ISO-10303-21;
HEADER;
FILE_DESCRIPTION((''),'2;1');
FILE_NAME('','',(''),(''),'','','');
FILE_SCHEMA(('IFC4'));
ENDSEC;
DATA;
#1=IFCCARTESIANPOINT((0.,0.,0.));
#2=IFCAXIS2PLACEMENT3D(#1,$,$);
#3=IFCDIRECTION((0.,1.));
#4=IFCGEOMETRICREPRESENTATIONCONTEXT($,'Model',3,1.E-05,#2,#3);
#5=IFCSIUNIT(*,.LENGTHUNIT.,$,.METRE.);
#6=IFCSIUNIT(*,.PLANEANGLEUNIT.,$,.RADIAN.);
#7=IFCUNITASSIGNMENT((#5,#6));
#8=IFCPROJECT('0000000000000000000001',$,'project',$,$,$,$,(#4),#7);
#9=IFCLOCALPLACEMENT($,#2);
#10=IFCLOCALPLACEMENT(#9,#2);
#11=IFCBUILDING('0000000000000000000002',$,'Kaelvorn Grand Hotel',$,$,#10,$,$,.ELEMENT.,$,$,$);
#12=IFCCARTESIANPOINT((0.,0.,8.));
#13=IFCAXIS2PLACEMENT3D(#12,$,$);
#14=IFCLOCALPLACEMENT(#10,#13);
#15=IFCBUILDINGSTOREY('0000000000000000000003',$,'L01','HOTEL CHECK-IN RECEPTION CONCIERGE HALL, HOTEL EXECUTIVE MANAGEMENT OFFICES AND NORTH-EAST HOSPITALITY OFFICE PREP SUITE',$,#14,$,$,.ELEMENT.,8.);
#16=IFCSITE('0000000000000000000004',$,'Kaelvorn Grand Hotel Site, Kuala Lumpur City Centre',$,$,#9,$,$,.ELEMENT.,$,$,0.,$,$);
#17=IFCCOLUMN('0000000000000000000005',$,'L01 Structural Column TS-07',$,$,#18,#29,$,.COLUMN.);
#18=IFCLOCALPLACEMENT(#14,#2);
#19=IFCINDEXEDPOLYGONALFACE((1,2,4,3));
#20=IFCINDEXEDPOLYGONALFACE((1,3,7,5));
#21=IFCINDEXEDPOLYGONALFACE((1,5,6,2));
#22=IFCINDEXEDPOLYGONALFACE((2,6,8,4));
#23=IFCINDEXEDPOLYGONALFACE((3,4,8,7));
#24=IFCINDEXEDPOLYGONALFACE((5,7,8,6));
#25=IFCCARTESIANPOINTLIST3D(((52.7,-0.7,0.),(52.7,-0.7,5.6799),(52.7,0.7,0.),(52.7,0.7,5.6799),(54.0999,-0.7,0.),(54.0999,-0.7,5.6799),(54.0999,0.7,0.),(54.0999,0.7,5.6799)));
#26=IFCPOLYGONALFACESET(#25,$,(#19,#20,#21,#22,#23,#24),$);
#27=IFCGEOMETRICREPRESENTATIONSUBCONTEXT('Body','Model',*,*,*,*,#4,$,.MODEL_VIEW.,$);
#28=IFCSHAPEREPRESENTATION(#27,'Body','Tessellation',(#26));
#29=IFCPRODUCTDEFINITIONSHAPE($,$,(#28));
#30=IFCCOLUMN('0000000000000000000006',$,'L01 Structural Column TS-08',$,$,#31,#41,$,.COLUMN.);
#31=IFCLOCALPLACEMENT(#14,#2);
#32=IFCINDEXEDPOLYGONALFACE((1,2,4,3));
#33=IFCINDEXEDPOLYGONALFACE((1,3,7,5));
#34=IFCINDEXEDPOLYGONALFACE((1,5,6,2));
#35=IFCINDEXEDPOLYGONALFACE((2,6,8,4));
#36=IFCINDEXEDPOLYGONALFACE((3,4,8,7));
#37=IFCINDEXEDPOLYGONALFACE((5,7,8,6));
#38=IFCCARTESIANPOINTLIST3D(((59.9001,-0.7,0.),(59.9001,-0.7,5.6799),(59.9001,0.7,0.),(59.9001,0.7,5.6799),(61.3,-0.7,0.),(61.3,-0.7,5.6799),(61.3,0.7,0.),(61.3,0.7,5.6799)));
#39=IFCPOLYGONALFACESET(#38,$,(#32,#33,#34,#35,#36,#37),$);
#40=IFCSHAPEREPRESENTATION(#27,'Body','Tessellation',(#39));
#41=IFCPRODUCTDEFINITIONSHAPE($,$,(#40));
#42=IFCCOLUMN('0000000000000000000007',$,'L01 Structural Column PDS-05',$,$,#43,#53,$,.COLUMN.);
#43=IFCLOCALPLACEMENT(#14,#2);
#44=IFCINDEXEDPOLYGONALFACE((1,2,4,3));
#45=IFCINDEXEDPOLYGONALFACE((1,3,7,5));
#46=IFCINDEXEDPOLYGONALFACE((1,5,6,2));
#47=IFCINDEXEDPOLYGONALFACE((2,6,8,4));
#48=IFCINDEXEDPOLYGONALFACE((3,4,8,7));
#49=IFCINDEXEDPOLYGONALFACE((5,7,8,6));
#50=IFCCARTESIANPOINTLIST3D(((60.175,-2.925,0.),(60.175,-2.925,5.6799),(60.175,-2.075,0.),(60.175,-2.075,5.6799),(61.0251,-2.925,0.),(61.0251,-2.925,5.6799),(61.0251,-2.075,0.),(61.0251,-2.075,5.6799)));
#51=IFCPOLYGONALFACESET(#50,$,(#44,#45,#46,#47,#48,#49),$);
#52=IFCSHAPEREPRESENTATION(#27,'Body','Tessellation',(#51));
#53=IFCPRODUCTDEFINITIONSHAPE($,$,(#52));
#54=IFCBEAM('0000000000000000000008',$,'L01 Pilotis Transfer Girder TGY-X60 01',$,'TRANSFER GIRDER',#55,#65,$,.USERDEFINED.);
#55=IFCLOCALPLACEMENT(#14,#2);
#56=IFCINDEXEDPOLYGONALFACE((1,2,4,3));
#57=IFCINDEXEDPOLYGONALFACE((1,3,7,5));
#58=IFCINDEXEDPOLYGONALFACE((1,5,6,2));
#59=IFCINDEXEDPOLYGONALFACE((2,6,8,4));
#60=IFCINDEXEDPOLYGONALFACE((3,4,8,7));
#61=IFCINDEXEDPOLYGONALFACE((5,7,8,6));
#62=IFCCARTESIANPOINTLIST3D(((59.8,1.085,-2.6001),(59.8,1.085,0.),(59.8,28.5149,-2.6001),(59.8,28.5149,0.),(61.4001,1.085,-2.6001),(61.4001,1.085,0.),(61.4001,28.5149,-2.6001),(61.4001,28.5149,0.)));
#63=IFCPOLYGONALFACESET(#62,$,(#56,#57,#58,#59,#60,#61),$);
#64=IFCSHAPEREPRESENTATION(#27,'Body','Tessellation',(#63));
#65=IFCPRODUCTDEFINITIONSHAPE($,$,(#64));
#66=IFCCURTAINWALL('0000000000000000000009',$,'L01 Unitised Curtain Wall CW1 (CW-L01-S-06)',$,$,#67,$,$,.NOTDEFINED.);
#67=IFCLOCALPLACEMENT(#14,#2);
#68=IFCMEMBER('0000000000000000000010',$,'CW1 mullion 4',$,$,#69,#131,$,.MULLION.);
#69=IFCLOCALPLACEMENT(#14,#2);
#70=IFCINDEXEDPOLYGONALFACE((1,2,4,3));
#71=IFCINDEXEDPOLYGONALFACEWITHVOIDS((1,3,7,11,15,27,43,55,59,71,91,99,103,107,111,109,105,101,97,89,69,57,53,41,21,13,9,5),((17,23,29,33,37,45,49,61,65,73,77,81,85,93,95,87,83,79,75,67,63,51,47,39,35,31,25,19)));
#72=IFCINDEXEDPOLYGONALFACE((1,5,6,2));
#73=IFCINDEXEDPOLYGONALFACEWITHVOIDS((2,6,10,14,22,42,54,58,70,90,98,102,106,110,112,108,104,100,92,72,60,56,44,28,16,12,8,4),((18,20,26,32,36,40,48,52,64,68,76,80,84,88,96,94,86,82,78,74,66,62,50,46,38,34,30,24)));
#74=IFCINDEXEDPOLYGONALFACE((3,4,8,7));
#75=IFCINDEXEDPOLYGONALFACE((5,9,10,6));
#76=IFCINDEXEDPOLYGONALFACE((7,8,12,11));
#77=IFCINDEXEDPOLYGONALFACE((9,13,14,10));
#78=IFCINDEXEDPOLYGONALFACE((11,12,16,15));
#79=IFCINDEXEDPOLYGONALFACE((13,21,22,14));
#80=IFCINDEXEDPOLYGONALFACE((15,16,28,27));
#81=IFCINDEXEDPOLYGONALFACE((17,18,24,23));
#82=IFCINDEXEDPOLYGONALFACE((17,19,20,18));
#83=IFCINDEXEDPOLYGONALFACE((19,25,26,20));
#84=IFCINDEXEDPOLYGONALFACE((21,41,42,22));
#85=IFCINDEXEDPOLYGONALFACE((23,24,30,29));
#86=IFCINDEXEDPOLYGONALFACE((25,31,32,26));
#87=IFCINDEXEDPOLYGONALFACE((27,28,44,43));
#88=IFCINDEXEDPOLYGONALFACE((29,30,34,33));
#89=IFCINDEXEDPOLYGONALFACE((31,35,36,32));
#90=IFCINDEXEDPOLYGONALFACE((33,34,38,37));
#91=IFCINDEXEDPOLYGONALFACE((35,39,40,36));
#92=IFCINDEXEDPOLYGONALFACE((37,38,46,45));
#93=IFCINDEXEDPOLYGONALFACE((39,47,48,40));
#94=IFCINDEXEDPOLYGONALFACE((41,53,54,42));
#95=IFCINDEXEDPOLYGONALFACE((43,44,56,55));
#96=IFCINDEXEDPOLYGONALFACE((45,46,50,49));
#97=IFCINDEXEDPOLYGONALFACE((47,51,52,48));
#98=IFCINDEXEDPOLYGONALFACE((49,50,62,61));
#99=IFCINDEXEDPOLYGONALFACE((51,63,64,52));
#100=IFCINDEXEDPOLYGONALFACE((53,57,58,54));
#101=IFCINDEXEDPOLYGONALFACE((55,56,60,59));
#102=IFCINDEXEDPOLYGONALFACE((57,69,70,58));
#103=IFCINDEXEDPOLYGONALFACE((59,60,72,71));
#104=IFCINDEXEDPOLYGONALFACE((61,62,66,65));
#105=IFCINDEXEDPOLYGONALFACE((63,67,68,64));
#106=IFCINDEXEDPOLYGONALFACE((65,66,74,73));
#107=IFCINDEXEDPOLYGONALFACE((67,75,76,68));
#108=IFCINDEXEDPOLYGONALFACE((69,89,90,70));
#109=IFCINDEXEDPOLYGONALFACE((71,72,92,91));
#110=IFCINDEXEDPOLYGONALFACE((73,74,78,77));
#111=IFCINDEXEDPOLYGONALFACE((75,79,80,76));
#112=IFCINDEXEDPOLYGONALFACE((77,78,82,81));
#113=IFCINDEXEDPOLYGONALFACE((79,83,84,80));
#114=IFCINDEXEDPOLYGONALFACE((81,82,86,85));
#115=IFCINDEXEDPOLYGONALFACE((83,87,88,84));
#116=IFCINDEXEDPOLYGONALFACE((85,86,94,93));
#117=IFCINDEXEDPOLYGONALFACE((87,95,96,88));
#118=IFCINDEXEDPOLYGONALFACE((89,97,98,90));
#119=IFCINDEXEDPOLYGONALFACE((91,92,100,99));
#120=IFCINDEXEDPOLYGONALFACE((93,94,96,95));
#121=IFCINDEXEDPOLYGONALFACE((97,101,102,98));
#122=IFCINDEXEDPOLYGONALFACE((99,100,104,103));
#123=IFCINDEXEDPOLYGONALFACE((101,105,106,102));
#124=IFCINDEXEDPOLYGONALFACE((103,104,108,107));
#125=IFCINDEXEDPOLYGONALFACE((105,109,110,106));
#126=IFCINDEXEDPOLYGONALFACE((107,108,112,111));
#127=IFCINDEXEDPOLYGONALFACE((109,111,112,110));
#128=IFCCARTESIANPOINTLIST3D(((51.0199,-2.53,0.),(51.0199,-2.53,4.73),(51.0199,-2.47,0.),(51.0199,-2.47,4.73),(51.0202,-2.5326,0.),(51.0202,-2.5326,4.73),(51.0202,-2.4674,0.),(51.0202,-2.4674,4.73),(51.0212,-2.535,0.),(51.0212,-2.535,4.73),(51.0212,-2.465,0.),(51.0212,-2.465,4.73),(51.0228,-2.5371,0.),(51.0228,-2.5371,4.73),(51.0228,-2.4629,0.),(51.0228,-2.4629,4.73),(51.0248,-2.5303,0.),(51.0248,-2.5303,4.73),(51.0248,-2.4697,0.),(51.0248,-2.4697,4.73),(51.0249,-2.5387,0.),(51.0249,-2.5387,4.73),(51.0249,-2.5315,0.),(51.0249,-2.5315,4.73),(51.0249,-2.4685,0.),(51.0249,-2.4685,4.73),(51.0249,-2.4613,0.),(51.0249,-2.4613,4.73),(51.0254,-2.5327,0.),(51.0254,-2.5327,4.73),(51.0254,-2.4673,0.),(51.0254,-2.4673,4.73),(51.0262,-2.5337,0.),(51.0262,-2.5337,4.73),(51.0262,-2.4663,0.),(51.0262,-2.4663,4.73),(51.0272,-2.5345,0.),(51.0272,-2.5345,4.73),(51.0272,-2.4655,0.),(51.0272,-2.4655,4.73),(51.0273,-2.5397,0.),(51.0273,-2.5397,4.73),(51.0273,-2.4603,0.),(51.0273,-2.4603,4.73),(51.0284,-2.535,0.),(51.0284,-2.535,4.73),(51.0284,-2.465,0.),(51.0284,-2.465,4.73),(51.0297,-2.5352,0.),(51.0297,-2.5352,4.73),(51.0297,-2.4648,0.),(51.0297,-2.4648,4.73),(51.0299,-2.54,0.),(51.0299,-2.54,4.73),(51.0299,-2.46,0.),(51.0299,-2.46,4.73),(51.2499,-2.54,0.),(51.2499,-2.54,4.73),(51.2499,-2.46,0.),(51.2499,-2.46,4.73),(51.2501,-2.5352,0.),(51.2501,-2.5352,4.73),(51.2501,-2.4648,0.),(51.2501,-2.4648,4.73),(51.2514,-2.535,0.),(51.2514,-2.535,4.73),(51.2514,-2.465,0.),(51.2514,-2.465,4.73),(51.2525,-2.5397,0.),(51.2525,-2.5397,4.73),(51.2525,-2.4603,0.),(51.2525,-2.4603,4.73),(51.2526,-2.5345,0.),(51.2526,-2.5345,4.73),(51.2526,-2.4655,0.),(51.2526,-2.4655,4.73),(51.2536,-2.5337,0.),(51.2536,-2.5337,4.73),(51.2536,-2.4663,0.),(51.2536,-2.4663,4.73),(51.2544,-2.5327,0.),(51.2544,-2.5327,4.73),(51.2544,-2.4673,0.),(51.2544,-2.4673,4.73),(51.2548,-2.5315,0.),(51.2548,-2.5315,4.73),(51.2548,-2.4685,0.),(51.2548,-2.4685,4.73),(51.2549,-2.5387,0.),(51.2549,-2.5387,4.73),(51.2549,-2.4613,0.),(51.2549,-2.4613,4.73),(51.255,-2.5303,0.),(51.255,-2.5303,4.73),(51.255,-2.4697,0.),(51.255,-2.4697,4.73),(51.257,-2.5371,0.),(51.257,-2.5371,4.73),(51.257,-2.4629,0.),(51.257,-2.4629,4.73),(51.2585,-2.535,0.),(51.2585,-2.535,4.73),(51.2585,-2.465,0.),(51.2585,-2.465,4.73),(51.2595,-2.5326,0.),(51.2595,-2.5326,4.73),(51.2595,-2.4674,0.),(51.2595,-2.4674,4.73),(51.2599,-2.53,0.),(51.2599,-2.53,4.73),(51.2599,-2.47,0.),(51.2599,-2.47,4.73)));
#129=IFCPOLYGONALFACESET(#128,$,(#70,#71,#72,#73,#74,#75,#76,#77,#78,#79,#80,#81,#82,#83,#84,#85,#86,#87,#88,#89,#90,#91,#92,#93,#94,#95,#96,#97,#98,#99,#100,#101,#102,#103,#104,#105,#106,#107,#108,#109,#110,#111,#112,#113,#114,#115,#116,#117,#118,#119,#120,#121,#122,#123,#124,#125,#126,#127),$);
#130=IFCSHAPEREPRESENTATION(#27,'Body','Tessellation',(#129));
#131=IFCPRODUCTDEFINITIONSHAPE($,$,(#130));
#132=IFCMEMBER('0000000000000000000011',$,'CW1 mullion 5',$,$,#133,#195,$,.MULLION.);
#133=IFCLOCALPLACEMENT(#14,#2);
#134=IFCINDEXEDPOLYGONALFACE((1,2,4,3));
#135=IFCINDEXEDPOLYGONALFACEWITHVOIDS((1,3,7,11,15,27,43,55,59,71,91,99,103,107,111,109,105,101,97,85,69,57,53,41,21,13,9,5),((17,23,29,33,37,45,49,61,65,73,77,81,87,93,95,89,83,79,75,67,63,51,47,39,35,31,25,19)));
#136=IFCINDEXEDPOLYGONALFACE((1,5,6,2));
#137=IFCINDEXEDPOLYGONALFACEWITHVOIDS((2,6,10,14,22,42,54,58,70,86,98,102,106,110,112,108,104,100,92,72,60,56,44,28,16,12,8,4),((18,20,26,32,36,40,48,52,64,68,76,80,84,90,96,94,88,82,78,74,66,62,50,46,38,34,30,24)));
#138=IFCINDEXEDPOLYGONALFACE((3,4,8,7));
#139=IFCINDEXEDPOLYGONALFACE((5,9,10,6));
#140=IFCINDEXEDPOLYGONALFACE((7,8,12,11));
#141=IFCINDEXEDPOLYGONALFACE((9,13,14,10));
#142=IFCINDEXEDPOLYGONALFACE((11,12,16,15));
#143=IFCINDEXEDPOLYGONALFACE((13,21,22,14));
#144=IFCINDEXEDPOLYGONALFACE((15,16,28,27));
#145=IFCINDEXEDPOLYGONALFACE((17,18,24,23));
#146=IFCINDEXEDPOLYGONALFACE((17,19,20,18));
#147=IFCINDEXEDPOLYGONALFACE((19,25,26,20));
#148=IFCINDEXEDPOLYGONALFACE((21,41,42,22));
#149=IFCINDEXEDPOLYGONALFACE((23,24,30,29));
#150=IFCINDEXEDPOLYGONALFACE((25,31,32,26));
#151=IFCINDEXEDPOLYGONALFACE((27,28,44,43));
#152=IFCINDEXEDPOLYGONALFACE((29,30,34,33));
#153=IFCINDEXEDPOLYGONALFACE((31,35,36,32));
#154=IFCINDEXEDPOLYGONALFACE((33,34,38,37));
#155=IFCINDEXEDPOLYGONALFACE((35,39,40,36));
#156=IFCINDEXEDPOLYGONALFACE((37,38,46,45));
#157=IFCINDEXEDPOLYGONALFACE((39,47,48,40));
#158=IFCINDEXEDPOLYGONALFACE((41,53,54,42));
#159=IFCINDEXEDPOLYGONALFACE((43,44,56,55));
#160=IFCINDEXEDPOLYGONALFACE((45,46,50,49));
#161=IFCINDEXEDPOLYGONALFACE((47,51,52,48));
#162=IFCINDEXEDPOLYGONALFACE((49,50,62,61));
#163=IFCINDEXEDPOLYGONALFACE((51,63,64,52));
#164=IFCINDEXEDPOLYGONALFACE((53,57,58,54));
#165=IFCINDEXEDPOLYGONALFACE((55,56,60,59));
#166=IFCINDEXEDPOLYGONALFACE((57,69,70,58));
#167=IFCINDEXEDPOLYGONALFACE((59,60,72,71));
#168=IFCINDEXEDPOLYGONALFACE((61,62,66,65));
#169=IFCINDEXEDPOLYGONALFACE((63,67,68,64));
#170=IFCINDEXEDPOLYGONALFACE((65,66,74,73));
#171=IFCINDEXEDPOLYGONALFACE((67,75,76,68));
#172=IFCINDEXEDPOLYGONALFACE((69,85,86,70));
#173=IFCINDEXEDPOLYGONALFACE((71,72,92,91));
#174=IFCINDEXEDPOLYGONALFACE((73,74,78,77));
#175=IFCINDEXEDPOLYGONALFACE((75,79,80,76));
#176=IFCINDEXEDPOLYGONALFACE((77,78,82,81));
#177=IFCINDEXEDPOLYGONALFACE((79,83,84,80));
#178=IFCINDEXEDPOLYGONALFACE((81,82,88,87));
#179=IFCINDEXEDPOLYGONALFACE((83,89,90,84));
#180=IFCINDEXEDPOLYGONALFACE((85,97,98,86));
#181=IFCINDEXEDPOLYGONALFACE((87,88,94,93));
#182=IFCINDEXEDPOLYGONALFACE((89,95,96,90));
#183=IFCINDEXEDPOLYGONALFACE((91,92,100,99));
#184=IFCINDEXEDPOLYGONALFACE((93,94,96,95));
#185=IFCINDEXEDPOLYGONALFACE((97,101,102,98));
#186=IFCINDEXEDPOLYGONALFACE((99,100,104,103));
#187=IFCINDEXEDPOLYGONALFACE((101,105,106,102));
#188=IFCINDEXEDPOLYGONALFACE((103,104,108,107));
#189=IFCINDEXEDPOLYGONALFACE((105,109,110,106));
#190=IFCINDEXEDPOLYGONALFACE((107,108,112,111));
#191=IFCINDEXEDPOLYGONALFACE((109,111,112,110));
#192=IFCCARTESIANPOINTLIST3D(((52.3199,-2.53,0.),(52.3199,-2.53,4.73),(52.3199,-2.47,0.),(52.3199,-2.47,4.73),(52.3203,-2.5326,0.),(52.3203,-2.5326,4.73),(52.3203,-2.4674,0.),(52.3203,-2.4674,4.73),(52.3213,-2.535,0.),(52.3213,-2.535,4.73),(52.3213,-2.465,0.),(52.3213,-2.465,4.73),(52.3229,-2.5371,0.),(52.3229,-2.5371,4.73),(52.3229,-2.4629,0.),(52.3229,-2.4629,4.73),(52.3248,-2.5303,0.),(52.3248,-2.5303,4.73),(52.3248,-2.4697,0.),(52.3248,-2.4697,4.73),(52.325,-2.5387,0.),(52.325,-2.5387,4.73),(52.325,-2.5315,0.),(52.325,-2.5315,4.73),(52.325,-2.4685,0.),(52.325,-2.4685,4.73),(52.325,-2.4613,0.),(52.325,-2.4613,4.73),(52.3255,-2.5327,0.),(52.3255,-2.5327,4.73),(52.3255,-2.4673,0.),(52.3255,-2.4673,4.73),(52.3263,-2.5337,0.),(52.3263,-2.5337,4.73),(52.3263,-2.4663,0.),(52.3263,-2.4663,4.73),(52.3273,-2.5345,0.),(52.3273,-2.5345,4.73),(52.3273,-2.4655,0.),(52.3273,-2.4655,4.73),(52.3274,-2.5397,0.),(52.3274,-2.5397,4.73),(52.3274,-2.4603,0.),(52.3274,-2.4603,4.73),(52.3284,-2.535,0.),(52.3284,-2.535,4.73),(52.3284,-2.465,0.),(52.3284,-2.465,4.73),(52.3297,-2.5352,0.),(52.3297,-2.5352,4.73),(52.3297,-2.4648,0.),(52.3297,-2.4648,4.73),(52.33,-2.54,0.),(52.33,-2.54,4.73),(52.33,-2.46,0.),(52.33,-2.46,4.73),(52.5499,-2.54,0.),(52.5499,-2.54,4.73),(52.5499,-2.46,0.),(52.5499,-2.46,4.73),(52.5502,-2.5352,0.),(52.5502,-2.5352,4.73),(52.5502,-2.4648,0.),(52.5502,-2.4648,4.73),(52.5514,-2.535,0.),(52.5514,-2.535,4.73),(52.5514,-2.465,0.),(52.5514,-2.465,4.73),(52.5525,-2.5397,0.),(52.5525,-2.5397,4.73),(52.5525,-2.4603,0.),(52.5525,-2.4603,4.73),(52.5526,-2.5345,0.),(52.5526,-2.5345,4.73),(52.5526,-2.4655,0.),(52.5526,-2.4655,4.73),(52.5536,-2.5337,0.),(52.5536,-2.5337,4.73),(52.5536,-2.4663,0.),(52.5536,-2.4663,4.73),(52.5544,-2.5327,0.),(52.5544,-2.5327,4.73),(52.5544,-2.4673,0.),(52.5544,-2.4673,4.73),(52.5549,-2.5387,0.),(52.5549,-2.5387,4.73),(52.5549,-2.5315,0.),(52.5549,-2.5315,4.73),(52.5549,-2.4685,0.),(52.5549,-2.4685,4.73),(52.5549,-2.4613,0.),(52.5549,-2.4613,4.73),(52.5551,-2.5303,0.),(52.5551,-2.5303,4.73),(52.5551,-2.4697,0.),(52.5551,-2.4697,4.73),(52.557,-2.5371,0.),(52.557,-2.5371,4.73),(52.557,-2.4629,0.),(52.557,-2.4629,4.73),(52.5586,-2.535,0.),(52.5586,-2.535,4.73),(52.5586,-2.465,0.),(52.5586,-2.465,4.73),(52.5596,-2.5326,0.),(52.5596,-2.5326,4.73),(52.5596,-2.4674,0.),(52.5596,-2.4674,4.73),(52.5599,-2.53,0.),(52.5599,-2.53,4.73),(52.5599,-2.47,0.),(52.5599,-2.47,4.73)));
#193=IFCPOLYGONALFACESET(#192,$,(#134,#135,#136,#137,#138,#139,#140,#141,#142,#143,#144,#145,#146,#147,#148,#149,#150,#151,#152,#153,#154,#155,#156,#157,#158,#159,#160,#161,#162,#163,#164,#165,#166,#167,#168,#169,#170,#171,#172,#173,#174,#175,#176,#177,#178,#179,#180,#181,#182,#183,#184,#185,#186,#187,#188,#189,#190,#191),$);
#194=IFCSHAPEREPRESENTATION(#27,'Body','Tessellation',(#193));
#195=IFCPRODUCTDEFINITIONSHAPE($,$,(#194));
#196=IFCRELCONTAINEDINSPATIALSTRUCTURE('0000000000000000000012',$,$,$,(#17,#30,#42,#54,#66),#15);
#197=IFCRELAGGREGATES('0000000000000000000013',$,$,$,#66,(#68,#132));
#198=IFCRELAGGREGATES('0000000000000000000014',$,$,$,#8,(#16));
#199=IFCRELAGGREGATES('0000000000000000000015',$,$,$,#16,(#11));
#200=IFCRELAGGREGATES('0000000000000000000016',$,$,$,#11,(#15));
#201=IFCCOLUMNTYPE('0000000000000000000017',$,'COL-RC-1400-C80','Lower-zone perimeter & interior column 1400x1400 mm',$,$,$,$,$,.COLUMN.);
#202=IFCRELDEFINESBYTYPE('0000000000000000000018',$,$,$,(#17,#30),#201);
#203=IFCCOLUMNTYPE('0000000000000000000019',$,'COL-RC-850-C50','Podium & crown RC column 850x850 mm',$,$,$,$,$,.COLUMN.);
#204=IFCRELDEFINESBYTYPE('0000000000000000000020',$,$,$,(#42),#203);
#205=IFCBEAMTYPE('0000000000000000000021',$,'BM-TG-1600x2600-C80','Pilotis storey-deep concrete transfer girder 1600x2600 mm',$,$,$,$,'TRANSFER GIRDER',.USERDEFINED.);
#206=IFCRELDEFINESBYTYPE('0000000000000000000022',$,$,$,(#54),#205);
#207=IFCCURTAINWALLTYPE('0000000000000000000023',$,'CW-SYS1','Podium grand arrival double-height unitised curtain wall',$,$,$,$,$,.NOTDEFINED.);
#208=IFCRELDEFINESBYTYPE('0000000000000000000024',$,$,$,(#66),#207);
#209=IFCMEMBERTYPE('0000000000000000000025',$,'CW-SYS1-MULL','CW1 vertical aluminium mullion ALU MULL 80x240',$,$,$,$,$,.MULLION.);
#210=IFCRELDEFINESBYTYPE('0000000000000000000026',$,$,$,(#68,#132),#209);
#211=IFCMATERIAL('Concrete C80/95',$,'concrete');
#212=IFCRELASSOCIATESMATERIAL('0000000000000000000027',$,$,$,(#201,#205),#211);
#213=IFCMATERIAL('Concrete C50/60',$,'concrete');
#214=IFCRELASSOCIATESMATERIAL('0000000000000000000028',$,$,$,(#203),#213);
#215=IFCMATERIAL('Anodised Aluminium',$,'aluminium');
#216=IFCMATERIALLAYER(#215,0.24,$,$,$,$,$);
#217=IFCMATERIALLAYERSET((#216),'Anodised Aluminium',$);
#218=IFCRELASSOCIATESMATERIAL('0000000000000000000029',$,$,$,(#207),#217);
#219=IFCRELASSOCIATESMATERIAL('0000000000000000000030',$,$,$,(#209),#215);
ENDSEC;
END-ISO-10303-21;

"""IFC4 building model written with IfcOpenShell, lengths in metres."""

from ifc_helpers import new_model, si_unit, direction, frame, origin, origin_2d, place, context, subcontext, project, spatial, rectangle, hollow_rectangle, extrude, material, layer, layer_set, material_profile, profile_set, type_object, element, aggregate, save


model = new_model("IFC4")

# Units and contexts
model_context = context("Model", 3, precision=1e-05, world=origin(), true_north=direction((0.0, 1.0)))
body_context = subcontext(model_context, "Body", "Model", "MODEL_VIEW")
ifc_project = project(units=[si_unit("LENGTHUNIT", "METRE"), si_unit("PLANEANGLEUNIT", "RADIAN")], contexts=[model_context])

# Site, building, storey
site_placement = place(None, origin())
site = spatial("IfcSite", under=ifc_project, at=site_placement, Name="Kaelvorn Grand Hotel Site, Kuala Lumpur City Centre", CompositionType="ELEMENT", RefElevation=0.0)
building_placement = place(site_placement, origin())
building = spatial("IfcBuilding", under=site, at=building_placement, Name="Kaelvorn Grand Hotel", CompositionType="ELEMENT")
storey_placement = place(building_placement, frame((0.0, 0.0, 8.0)))
storey = spatial("IfcBuildingStorey", under=building, at=storey_placement, Name="L01", Description="HOTEL CHECK-IN RECEPTION CONCIERGE HALL, HOTEL EXECUTIVE MANAGEMENT OFFICES AND NORTH-EAST HOSPITALITY OFFICE PREP SUITE", CompositionType="ELEMENT", Elevation=8.0)

# Columns
ifc_material_1 = material(Name="Concrete C80/95", Category="concrete")
ifc_material_profile_1 = material_profile(ifc_material_1, rectangle(XDim=1.3999, YDim=1.3999, at=origin_2d()), Name="RC COL 1400x1400")
ifc_profile_set_1 = profile_set([ifc_material_profile_1], Name="Concrete C80/95")
column_type_1 = type_object("IfcColumnType", Name="COL-RC-1400-C80", Description="Lower-zone perimeter & interior column 1400x1400 mm", PredefinedType="COLUMN", material=ifc_profile_set_1)
for number, where, z_axis, x_axis, name in (
    (1, (53.3999, 0.0, 0.0), (0.0, 0.0, 1.0), (1.0, 0.0, 0.0), "L01 Structural Column TS-07"),
    (2, (60.6001, 0.0, 0.0), (0.0, 0.0, 1.0), (1.0, 0.0, 0.0), "L01 Structural Column TS-08"),
):
    element("IfcColumn", number, at=place(storey_placement, frame(where, z_axis=z_axis, x_axis=x_axis)), inside=storey, type_object=column_type_1, Name=name, PredefinedType="COLUMN", context=body_context, shape_type="SweptSolid", body=[
        extrude(rectangle(XDim=1.3999, YDim=1.3999, at=origin_2d()), origin(), (0.0, 0.0, 1.0), 5.6799),
    ])
ifc_material_2 = material(Name="Concrete C50/60", Category="concrete")
ifc_material_profile_2 = material_profile(ifc_material_2, rectangle(XDim=0.8501, YDim=0.8501, at=origin_2d()), Name="RC COL 850x850")
ifc_profile_set_2 = profile_set([ifc_material_profile_2], Name="Concrete C50/60")
column_type_2 = type_object("IfcColumnType", Name="COL-RC-850-C50", Description="Podium & crown RC column 850x850 mm", PredefinedType="COLUMN", material=ifc_profile_set_2)
column_placement = place(storey_placement, frame((60.6001, -2.5, 0.0), z_axis=(0.0, 0.0, 1.0), x_axis=(1.0, 0.0, 0.0)))
element("IfcColumn", 3, at=column_placement, inside=storey, type_object=column_type_2, Name="L01 Structural Column PDS-05", PredefinedType="COLUMN", context=body_context, shape_type="SweptSolid", body=[
    extrude(rectangle(XDim=0.8501, YDim=0.8501, at=origin_2d()), origin(), (0.0, 0.0, 1.0), 5.6799),
])

# Beam
ifc_material_profile_3 = material_profile(ifc_material_1, rectangle(XDim=1.6001, YDim=2.6001, at=origin_2d()), Name="RC TG 1600x2600")
ifc_profile_set_3 = profile_set([ifc_material_profile_3], Name="Concrete C80/95")
beam_type = type_object("IfcBeamType", Name="BM-TG-1600x2600-C80", Description="Pilotis storey-deep concrete transfer girder 1600x2600 mm", ElementType="TRANSFER GIRDER", PredefinedType="USERDEFINED", material=ifc_profile_set_3)
beam_placement = place(storey_placement, frame((60.6001, 1.085, -1.3), z_axis=(0.0, 1.0, 0.0), x_axis=(-1.0, 0.0, 0.0)))
element("IfcBeam", 4, at=beam_placement, inside=storey, type_object=beam_type, Name="L01 Pilotis Transfer Girder TGY-X60 01", ObjectType="TRANSFER GIRDER", PredefinedType="USERDEFINED", context=body_context, shape_type="SweptSolid", body=[
    extrude(rectangle(XDim=1.6001, YDim=2.6001, at=origin_2d()), origin(), (0.0, 0.0, 1.0), 27.4299),
])

# Curtain wall, members
ifc_material_3 = material(Name="Anodised Aluminium", Category="aluminium")
ifc_layer_1 = layer(ifc_material_3, 0.24)
ifc_layer_set_1 = layer_set([ifc_layer_1], Name="Anodised Aluminium")
curtain_wall_type = type_object("IfcCurtainWallType", Name="CW-SYS1", Description="Podium grand arrival double-height unitised curtain wall", PredefinedType="NOTDEFINED", material=ifc_layer_set_1)
curtain_wall_1_placement = place(storey_placement, origin())
curtain_wall_1 = element("IfcCurtainWall", 5, at=curtain_wall_1_placement, inside=storey, type_object=curtain_wall_type, Name="L01 Unitised Curtain Wall CW1 (CW-L01-S-06)", PredefinedType="NOTDEFINED")
ifc_material_profile_4 = material_profile(ifc_material_3, hollow_rectangle(XDim=0.0801, YDim=0.24, WallThickness=0.0049, InnerFilletRadius=0.0049, OuterFilletRadius=0.01, at=origin_2d()), Name="ALU MULL 80x240")
ifc_profile_set_4 = profile_set([ifc_material_profile_4], Name="Anodised Aluminium")
member_type_1 = type_object("IfcMemberType", Name="CW-SYS1-MULL", Description="CW1 vertical aluminium mullion ALU MULL 80x240", PredefinedType="MULLION", material=ifc_profile_set_4)
member_1_placement = place(storey_placement, frame((51.1399, -2.5, 0.0), z_axis=(0.0, 0.0, 1.0), x_axis=(0.0, 1.0, 0.0)))
member_1 = element("IfcMember", 6, at=member_1_placement, type_object=member_type_1, Name="CW1 mullion 4", PredefinedType="MULLION", context=body_context, shape_type="SweptSolid", body=[
    extrude(hollow_rectangle(XDim=0.0801, YDim=0.24, WallThickness=0.0049, InnerFilletRadius=0.0049, OuterFilletRadius=0.01, at=origin_2d()), origin(), (0.0, 0.0, 1.0), 4.73),
])
member_2_placement = place(storey_placement, frame((52.4399, -2.5, 0.0), z_axis=(0.0, 0.0, 1.0), x_axis=(0.0, 1.0, 0.0)))
member_2 = element("IfcMember", 7, at=member_2_placement, type_object=member_type_1, Name="CW1 mullion 5", PredefinedType="MULLION", context=body_context, shape_type="SweptSolid", body=[
    extrude(hollow_rectangle(XDim=0.0801, YDim=0.24, WallThickness=0.0049, InnerFilletRadius=0.0049, OuterFilletRadius=0.01, at=origin_2d()), origin(), (0.0, 0.0, 1.0), 4.73),
])

aggregate(curtain_wall_1, [member_1, member_2])

save(model, "model.ifc")
